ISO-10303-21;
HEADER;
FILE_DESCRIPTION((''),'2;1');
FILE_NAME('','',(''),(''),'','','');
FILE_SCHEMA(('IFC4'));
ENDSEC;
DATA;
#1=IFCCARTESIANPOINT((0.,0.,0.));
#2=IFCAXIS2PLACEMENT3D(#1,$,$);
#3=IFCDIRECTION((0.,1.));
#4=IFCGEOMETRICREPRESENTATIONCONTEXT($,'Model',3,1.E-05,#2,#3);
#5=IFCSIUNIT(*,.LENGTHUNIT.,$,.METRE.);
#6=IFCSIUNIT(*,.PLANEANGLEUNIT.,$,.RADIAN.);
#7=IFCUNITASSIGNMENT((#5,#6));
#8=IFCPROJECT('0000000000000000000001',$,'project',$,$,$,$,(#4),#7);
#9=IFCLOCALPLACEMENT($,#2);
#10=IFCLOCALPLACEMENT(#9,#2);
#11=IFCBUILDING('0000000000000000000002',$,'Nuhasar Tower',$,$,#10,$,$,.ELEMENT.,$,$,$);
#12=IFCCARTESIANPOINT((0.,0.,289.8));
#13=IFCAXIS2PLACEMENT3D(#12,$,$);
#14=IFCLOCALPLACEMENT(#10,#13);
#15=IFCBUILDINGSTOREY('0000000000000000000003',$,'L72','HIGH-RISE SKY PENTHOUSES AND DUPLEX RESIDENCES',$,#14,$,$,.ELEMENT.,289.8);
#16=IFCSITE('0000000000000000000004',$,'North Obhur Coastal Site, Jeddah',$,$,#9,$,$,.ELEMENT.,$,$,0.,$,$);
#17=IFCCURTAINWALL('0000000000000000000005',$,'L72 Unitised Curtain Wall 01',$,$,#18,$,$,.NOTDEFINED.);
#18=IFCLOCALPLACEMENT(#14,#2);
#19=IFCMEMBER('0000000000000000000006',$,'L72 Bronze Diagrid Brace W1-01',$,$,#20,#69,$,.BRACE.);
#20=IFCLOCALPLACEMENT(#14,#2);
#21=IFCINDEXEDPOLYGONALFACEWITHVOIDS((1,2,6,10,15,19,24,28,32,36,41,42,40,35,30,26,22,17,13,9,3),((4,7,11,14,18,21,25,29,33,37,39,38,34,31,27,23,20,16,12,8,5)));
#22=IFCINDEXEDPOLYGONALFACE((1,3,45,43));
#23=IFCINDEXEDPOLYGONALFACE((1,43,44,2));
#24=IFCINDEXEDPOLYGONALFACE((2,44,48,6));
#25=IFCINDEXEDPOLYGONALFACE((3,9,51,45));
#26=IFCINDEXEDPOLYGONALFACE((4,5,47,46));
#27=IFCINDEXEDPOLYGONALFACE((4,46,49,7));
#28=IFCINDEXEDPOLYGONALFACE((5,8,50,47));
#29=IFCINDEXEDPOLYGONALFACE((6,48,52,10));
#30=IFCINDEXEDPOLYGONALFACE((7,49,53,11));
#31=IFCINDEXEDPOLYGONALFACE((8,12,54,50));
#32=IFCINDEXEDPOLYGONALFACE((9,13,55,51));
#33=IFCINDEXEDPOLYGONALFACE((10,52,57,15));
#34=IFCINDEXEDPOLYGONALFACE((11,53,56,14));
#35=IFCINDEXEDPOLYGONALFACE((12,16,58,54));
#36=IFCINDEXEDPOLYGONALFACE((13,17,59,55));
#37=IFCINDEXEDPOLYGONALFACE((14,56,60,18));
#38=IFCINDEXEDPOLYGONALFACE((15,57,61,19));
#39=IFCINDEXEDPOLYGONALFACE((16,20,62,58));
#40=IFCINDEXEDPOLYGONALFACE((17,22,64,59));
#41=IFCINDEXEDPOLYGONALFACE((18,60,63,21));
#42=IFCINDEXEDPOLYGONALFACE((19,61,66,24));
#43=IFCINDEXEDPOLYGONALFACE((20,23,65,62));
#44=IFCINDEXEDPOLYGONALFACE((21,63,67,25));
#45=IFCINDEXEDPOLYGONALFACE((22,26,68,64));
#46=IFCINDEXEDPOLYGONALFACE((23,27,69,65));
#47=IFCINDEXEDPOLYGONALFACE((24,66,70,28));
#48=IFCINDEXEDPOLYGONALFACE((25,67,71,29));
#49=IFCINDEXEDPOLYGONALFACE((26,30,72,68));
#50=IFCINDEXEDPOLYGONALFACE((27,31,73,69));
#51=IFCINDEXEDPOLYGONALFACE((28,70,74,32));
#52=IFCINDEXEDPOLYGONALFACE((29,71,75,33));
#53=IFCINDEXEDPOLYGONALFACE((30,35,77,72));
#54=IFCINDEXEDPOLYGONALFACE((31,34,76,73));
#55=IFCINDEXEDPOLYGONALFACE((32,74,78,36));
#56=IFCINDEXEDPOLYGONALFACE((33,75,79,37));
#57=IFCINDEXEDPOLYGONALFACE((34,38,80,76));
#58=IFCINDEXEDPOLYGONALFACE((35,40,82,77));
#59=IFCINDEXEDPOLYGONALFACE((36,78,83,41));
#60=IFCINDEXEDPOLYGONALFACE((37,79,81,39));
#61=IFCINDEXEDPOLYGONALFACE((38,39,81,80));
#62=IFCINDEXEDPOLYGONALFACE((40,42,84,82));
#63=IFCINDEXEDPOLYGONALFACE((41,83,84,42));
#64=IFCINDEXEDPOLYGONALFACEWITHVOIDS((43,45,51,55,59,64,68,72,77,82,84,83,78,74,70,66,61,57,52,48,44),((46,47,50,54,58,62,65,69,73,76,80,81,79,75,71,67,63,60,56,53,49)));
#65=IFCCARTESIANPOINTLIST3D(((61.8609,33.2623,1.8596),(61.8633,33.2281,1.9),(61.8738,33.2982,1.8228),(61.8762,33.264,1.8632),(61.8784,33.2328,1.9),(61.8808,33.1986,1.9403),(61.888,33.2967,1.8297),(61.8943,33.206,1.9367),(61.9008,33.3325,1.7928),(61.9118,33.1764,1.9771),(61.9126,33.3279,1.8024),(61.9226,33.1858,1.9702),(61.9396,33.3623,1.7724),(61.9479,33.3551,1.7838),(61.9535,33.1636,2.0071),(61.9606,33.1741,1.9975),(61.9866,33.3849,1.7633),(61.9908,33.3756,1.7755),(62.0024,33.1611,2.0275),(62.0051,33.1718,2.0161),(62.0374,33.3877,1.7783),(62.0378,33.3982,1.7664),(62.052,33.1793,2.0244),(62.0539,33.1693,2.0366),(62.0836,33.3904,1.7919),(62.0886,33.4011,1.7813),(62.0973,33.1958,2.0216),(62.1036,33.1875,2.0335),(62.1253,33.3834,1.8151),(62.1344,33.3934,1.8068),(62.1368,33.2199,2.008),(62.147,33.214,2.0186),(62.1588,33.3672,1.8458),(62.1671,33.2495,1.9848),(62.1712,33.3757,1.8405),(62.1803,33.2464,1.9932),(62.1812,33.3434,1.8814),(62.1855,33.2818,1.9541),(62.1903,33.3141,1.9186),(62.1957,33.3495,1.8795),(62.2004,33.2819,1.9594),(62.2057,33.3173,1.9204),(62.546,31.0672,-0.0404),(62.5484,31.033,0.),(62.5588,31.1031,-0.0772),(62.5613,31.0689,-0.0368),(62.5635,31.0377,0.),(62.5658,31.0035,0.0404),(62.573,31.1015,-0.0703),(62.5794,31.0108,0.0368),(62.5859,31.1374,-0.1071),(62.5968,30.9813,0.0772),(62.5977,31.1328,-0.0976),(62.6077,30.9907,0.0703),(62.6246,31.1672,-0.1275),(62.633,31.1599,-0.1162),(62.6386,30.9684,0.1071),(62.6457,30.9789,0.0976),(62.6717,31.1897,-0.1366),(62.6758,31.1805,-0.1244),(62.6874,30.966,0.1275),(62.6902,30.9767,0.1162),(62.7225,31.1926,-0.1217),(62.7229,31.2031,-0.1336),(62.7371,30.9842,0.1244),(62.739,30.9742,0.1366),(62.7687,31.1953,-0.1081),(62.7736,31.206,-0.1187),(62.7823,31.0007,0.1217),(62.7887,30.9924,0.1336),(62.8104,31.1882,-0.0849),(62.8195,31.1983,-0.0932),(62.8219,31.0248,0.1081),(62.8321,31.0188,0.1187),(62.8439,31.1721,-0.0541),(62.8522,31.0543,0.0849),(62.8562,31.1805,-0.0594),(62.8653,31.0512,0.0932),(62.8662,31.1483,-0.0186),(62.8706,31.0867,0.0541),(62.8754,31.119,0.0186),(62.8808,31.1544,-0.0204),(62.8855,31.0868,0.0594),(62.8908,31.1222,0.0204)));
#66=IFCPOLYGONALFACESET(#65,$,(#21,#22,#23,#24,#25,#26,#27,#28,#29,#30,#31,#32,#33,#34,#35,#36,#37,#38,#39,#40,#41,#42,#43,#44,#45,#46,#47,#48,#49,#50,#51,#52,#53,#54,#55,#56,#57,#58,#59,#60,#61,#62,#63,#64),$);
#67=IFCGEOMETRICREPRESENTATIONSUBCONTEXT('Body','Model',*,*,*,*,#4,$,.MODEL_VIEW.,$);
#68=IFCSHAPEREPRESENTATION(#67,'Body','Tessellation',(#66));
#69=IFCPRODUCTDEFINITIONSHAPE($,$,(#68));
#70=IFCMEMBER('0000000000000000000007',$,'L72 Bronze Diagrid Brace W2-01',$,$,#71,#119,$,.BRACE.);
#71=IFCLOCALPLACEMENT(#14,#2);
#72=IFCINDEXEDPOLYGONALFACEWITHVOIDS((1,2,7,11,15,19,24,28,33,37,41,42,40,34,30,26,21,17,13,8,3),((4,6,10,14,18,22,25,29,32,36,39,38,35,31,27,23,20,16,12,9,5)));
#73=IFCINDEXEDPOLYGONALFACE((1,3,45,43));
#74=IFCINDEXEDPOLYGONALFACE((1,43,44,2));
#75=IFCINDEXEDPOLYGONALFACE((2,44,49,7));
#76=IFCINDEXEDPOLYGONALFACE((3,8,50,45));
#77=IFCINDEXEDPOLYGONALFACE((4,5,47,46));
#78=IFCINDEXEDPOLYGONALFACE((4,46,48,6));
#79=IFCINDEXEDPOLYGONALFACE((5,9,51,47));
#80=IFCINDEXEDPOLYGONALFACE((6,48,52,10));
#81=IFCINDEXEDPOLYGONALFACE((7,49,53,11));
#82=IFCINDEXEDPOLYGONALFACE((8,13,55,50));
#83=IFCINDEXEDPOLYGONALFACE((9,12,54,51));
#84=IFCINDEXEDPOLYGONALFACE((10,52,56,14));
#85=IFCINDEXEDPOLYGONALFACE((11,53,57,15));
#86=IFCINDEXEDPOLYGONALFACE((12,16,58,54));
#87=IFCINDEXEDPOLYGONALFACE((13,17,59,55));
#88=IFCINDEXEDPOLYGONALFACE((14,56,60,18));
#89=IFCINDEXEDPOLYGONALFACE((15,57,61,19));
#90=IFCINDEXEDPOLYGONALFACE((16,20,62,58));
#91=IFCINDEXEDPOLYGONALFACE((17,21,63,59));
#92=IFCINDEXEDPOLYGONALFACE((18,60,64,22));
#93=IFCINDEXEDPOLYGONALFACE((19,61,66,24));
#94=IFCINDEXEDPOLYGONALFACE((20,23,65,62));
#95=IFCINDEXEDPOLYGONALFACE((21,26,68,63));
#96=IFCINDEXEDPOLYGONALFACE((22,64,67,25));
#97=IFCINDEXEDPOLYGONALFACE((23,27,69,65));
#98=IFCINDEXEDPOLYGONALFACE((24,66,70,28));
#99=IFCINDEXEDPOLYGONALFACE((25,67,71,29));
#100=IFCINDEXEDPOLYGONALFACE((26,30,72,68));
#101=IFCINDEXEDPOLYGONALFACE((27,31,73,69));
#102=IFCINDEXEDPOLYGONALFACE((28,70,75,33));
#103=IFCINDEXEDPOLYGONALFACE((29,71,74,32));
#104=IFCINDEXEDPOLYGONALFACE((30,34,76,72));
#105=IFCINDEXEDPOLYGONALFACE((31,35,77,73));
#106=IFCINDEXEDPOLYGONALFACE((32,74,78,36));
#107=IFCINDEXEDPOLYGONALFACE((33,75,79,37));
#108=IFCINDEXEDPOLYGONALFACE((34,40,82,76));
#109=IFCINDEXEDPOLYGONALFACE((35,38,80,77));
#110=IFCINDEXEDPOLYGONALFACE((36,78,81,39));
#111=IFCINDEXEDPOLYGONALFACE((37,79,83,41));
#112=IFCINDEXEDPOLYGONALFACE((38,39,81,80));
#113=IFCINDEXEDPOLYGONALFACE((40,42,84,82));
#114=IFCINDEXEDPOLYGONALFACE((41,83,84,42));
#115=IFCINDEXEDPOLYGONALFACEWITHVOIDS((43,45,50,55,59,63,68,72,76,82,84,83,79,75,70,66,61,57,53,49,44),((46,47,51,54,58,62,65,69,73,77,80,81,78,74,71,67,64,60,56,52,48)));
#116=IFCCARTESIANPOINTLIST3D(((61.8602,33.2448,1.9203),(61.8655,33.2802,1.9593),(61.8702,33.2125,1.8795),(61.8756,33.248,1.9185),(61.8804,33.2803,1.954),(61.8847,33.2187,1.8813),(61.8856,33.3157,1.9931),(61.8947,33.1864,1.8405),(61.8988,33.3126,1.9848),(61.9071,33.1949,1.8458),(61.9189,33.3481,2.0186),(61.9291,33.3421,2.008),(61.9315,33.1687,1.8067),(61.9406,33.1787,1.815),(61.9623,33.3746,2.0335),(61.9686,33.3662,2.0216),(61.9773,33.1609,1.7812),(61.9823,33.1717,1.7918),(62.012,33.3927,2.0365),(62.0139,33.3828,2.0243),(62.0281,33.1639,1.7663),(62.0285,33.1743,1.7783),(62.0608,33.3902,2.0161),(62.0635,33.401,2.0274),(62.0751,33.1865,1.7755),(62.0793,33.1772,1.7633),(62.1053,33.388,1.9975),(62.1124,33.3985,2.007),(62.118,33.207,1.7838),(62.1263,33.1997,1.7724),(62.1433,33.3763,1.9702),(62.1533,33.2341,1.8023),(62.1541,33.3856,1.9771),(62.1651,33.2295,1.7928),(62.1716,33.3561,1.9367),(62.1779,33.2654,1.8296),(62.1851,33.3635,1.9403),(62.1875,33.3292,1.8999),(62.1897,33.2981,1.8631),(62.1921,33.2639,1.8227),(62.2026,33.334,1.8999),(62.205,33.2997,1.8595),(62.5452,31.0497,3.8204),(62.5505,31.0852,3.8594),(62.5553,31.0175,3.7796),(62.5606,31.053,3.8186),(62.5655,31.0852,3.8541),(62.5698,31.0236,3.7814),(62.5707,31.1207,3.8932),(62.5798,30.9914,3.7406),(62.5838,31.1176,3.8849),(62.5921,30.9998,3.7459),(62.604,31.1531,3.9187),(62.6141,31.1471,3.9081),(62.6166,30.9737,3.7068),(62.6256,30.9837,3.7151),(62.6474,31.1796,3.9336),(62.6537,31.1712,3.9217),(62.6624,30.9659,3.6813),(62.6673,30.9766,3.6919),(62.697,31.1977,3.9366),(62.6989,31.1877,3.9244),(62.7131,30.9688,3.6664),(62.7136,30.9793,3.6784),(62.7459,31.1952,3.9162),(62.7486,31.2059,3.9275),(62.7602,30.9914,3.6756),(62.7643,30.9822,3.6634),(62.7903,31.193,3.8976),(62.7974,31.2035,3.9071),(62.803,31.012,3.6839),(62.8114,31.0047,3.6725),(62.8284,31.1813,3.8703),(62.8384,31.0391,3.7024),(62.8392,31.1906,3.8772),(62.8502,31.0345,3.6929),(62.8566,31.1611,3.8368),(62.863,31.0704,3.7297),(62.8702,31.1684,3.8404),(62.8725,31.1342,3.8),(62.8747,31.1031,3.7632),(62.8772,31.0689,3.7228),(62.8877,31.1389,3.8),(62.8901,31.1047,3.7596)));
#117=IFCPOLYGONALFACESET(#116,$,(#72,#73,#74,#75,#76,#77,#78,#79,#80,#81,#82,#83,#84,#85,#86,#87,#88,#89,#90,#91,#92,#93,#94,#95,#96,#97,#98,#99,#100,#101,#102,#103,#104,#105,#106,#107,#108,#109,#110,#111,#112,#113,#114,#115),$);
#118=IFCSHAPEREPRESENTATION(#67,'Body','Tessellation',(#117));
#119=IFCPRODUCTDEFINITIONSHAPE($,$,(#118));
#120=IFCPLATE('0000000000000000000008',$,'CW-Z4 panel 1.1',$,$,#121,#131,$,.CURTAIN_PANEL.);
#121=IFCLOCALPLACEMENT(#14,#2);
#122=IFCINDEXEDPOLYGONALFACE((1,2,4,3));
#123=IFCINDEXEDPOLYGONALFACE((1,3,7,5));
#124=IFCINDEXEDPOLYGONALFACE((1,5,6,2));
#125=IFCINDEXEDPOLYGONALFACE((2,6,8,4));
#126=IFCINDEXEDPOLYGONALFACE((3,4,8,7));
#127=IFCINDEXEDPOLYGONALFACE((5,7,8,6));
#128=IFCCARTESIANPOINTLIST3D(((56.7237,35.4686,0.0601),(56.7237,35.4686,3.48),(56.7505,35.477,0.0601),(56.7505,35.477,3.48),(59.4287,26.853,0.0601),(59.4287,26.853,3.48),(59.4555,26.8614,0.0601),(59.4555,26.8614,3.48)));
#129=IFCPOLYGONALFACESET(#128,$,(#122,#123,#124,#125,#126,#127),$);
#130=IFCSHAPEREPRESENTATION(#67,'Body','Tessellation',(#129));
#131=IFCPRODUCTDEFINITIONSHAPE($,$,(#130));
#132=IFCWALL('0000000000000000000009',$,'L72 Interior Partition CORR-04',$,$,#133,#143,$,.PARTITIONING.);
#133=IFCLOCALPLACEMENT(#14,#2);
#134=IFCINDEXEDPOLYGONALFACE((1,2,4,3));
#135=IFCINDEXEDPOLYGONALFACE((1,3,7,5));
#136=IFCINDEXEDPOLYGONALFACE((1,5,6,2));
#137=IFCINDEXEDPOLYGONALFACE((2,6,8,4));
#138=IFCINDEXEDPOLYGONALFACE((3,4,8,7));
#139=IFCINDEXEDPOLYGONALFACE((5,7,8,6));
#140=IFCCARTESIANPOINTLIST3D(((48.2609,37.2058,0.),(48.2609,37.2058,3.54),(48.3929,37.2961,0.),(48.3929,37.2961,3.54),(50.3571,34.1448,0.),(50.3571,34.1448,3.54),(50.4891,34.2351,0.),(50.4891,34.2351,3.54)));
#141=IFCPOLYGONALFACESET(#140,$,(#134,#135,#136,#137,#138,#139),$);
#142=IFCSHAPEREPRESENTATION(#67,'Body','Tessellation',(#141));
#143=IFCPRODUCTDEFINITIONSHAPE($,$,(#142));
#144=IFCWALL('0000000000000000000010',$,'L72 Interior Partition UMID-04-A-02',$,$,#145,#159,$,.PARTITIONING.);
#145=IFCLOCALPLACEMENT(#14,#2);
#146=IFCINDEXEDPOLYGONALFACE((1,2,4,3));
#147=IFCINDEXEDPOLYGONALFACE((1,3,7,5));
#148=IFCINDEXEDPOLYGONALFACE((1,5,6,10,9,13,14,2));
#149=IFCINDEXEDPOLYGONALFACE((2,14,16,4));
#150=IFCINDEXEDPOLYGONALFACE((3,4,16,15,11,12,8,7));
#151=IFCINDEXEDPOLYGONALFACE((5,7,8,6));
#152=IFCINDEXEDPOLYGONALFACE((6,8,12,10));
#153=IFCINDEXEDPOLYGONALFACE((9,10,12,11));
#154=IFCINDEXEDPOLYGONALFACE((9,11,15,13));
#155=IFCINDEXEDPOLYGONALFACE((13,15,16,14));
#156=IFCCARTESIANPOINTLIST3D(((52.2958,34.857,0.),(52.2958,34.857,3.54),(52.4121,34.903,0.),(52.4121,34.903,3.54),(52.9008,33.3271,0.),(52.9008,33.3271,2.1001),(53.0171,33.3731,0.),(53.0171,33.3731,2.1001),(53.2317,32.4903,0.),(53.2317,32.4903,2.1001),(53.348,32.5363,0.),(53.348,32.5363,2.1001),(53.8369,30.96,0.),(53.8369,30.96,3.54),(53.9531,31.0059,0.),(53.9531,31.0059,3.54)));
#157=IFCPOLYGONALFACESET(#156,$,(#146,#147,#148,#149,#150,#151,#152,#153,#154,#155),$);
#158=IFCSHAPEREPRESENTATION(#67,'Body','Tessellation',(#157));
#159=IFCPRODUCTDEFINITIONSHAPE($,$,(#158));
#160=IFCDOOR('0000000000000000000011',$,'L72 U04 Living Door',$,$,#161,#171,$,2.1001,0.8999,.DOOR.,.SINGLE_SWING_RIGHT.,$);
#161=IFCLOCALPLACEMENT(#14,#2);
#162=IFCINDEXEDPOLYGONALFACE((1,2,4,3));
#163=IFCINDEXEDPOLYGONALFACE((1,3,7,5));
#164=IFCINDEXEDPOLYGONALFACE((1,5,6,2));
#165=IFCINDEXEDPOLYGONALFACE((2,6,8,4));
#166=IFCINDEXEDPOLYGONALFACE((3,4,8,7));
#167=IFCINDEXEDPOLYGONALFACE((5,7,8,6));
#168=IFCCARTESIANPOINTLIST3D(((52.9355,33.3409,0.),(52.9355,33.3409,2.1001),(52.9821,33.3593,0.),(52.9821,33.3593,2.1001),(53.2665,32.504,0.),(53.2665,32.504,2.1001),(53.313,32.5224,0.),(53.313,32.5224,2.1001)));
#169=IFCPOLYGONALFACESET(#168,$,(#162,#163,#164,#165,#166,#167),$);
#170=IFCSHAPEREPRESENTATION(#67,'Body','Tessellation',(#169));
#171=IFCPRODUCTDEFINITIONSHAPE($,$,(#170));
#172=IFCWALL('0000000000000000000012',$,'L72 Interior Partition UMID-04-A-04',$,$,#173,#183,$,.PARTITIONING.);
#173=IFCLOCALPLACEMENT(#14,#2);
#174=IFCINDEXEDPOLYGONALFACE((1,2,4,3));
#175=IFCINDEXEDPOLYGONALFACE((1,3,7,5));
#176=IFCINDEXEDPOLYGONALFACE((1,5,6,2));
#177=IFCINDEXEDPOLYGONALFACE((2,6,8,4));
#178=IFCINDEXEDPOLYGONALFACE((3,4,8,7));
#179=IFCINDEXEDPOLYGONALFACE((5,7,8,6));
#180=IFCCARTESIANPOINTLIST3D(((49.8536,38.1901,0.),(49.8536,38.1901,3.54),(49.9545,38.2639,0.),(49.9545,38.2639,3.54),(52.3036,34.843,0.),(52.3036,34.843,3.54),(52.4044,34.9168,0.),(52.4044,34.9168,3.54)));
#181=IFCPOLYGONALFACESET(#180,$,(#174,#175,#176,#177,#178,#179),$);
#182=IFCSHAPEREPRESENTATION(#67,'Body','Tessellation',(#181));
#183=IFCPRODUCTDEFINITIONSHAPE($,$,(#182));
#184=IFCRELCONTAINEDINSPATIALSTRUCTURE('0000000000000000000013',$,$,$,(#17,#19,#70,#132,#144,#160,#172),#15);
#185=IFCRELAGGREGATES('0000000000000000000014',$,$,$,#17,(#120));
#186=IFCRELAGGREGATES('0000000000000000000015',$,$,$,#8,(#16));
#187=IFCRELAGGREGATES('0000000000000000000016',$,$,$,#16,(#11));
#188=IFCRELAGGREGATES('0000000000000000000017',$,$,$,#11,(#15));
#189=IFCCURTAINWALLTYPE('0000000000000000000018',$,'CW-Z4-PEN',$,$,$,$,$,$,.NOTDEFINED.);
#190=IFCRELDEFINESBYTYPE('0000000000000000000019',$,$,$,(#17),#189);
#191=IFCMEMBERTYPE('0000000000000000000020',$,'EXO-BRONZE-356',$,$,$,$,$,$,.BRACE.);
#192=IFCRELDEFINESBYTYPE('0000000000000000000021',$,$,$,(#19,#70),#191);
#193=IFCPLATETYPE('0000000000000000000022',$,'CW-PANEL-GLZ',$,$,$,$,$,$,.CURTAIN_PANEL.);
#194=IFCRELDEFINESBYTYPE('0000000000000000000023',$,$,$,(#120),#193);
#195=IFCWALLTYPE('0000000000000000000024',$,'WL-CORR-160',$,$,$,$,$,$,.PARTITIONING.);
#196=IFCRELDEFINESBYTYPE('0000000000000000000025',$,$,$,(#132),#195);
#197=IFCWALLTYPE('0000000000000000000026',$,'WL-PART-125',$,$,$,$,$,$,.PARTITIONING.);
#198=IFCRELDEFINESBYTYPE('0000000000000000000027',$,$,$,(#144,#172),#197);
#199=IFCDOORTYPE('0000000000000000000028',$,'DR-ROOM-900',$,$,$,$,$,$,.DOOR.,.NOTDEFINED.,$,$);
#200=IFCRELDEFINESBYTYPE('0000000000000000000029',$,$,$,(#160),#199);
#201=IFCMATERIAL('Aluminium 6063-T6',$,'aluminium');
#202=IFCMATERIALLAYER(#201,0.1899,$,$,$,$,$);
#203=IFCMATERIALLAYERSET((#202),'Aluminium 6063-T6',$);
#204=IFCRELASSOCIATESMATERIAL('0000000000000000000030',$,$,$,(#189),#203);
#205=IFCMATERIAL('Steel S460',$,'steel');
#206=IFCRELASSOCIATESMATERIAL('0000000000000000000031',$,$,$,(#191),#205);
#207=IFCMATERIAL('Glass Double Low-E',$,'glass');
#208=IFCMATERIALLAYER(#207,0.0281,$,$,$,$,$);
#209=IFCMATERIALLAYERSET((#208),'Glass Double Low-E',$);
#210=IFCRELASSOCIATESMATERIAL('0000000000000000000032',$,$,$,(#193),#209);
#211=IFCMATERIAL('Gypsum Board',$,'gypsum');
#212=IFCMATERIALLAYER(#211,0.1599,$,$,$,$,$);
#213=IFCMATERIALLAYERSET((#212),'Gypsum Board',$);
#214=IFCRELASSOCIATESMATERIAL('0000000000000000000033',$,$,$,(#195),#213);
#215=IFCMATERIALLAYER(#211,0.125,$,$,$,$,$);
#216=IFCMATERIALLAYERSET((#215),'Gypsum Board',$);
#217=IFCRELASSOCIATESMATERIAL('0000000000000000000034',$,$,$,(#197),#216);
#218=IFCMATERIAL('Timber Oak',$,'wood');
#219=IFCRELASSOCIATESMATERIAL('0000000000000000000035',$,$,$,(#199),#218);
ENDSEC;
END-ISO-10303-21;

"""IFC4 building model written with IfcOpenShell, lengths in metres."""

from ifc_helpers import new_model, si_unit, direction, frame, frame_2d, origin, origin_2d, place, context, subcontext, project, spatial, rectangle, hollow_circle, extrude, material, layer, layer_set, material_profile, profile_set, type_object, element, fill, aggregate, save


model = new_model("IFC4")

# Units and contexts
model_context = context("Model", 3, precision=1e-05, world=origin(), true_north=direction((0.0, 1.0)))
body_context = subcontext(model_context, "Body", "Model", "MODEL_VIEW")
ifc_project = project(units=[si_unit("LENGTHUNIT", "METRE"), si_unit("PLANEANGLEUNIT", "RADIAN")], contexts=[model_context])

# Site, building, storey
site_placement = place(None, origin())
site = spatial("IfcSite", under=ifc_project, at=site_placement, Name="North Obhur Coastal Site, Jeddah", CompositionType="ELEMENT", RefElevation=0.0)
building_placement = place(site_placement, origin())
building = spatial("IfcBuilding", under=site, at=building_placement, Name="Nuhasar Tower", CompositionType="ELEMENT")
storey_placement = place(building_placement, frame((0.0, 0.0, 289.8)))
storey = spatial("IfcBuildingStorey", under=building, at=storey_placement, Name="L72", Description="HIGH-RISE SKY PENTHOUSES AND DUPLEX RESIDENCES", CompositionType="ELEMENT", Elevation=289.8)

# Curtain wall
ifc_material_1 = material(Name="Aluminium 6063-T6", Category="aluminium")
ifc_layer_1 = layer(ifc_material_1, 0.1899)
ifc_layer_set_1 = layer_set([ifc_layer_1], Name="Aluminium 6063-T6")
curtain_wall_type = type_object("IfcCurtainWallType", Name="CW-Z4-PEN", PredefinedType="NOTDEFINED", material=ifc_layer_set_1)
curtain_wall_placement = place(storey_placement, origin())
curtain_wall = element("IfcCurtainWall", 1, at=curtain_wall_placement, inside=storey, type_object=curtain_wall_type, Name="L72 Unitised Curtain Wall 01", PredefinedType="NOTDEFINED")

# Members
ifc_material_2 = material(Name="Steel S460", Category="steel")
ifc_material_profile_1 = material_profile(ifc_material_2, hollow_circle(Radius=0.1777, WallThickness=0.0159, at=origin_2d()), Name="HSS355.6X15.9")
ifc_profile_set_1 = profile_set([ifc_material_profile_1], Name="Steel S460")
member_type_1 = type_object("IfcMemberType", Name="EXO-BRONZE-356", PredefinedType="BRACE", material=ifc_profile_set_1)
for number, where, z_axis, x_axis, name in (
    (2, (62.718, 31.0859, 0.0), (-0.229668, 0.735902, 0.636947), (-0.954591, -0.297918, 0.0), "L72 Bronze Diagrid Brace W1-01"),
    (3, (62.033, 33.281, 1.8999), (0.229656, -0.735864, 0.636995), (0.954591, 0.297918, 0.0), "L72 Bronze Diagrid Brace W2-01"),
):
    element("IfcMember", number, at=place(storey_placement, frame(where, z_axis=z_axis, x_axis=x_axis)), inside=storey, type_object=member_type_1, Name=name, PredefinedType="BRACE", context=body_context, shape_type="SweptSolid", body=[
        extrude(hollow_circle(Radius=0.1777, WallThickness=0.0159, at=origin_2d()), origin(), (0.0, 0.0, 1.0), 2.9829),
    ])

# Plate
ifc_material_3 = material(Name="Glass Double Low-E", Category="glass")
ifc_layer_2 = layer(ifc_material_3, 0.0281)
ifc_layer_set_2 = layer_set([ifc_layer_2], Name="Glass Double Low-E")
plate_type = type_object("IfcPlateType", Name="CW-PANEL-GLZ", PredefinedType="CURTAIN_PANEL", material=ifc_layer_set_2)
plate_placement = place(storey_placement, frame((58.0896, 31.165, 0.0601), z_axis=(0.0, 0.0, 1.0), x_axis=(-0.299557, 0.954079, 0.0)))
plate = element("IfcPlate", 4, at=plate_placement, type_object=plate_type, Name="CW-Z4 panel 1.1", PredefinedType="CURTAIN_PANEL", context=body_context, shape_type="SweptSolid", body=[
    extrude(rectangle(XDim=9.0303, YDim=0.0281, at=origin_2d()), origin(), (0.0, 0.0, 1.0), 3.4199),
])
aggregate(curtain_wall, [plate])

# Shared definitions
ifc_material_4 = material(Name="Gypsum Board", Category="gypsum")
ifc_layer_3 = layer(ifc_material_4, 0.1599)
ifc_layer_set_3 = layer_set([ifc_layer_3], Name="Gypsum Board")
wall_type_1 = type_object("IfcWallType", Name="WL-CORR-160", PredefinedType="PARTITIONING", material=ifc_layer_set_3)
ifc_material_5 = material(Name="Timber Oak", Category="wood")

# Wall
wall_1_placement = place(storey_placement, frame((50.4231, 34.1899, 0.0), z_axis=(0.0, 0.0, 1.0), x_axis=(-0.565014, 0.825081, 0.0)))
element("IfcWall", 5, at=wall_1_placement, inside=storey, type_object=wall_type_1, Name="L72 Interior Partition CORR-04", PredefinedType="PARTITIONING", context=body_context, shape_type="SweptSolid", body=[
    extrude(rectangle(XDim=3.71, YDim=0.1599, at=frame_2d((1.855, 0.0))), origin(), (0.0, 0.0, 1.0), 3.54),
])

# Wall, opening, door
ifc_layer_4 = layer(ifc_material_4, 0.125)
ifc_layer_set_4 = layer_set([ifc_layer_4], Name="Gypsum Board")
wall_type_2 = type_object("IfcWallType", Name="WL-PART-125", PredefinedType="PARTITIONING", material=ifc_layer_set_4)
wall_2_placement = place(storey_placement, frame((52.354, 34.8799, 0.0), z_axis=(0.0, 0.0, 1.0), x_axis=(0.367732, -0.929932, 0.0)))
wall_2 = element("IfcWall", 6, at=wall_2_placement, inside=storey, type_object=wall_type_2, Name="L72 Interior Partition UMID-04-A-02", PredefinedType="PARTITIONING", context=body_context, shape_type="SweptSolid", body=[
    extrude(rectangle(XDim=4.1907, YDim=0.125, at=frame_2d((2.0952, 0.0))), origin(), (0.0, 0.0, 1.0), 3.54),
])
opening_1_placement = place(wall_2_placement, frame((1.645, 0.0, 0.0)))
opening_1 = element("IfcOpeningElement", 7, at=opening_1_placement, cuts=wall_2, PredefinedType="OPENING", context=body_context, shape_type="SweptSolid", body=[
    extrude(rectangle(XDim=0.8999, YDim=2.1001, at=frame_2d((0.45, 1.05))), frame((0.0, 0.0725, 0.0), z_axis=(0.0, -1.0, 0.0), x_axis=(1.0, 0.0, 0.0)), (0.0, 0.0, 1.0), 0.145),
])
door_type_1 = type_object("IfcDoorType", Name="DR-ROOM-900", OperationType="NOTDEFINED", PredefinedType="DOOR", material=ifc_material_5)
door_1_placement = place(opening_1_placement, origin())
door_1 = element("IfcDoor", 8, at=door_1_placement, inside=storey, type_object=door_type_1, Name="L72 U04 Living Door", OperationType="SINGLE_SWING_RIGHT", OverallHeight=2.1001, OverallWidth=0.8999, PredefinedType="DOOR", context=body_context, shape_type="SweptSolid", body=[
    extrude(rectangle(XDim=0.8999, YDim=2.1001, at=frame_2d((0.45, 1.05))), frame((0.0, 0.0249, 0.0), z_axis=(0.0, -1.0, 0.0), x_axis=(1.0, 0.0, 0.0)), (0.0, 0.0, 1.0), 0.05),
])
fill(opening_1, door_1)

# Wall
wall_3_placement = place(storey_placement, frame((52.354, 34.8799, 0.0), z_axis=(0.0, 0.0, 1.0), x_axis=(-0.590636, 0.806938, 0.0)))
element("IfcWall", 9, at=wall_3_placement, inside=storey, type_object=wall_type_2, Name="L72 Interior Partition UMID-04-A-04", PredefinedType="PARTITIONING", context=body_context, shape_type="SweptSolid", body=[
    extrude(rectangle(XDim=4.1479, YDim=0.125, at=frame_2d((2.074, 0.0))), origin(), (0.0, 0.0, 1.0), 3.54),
])

save(model, "model.ifc")
